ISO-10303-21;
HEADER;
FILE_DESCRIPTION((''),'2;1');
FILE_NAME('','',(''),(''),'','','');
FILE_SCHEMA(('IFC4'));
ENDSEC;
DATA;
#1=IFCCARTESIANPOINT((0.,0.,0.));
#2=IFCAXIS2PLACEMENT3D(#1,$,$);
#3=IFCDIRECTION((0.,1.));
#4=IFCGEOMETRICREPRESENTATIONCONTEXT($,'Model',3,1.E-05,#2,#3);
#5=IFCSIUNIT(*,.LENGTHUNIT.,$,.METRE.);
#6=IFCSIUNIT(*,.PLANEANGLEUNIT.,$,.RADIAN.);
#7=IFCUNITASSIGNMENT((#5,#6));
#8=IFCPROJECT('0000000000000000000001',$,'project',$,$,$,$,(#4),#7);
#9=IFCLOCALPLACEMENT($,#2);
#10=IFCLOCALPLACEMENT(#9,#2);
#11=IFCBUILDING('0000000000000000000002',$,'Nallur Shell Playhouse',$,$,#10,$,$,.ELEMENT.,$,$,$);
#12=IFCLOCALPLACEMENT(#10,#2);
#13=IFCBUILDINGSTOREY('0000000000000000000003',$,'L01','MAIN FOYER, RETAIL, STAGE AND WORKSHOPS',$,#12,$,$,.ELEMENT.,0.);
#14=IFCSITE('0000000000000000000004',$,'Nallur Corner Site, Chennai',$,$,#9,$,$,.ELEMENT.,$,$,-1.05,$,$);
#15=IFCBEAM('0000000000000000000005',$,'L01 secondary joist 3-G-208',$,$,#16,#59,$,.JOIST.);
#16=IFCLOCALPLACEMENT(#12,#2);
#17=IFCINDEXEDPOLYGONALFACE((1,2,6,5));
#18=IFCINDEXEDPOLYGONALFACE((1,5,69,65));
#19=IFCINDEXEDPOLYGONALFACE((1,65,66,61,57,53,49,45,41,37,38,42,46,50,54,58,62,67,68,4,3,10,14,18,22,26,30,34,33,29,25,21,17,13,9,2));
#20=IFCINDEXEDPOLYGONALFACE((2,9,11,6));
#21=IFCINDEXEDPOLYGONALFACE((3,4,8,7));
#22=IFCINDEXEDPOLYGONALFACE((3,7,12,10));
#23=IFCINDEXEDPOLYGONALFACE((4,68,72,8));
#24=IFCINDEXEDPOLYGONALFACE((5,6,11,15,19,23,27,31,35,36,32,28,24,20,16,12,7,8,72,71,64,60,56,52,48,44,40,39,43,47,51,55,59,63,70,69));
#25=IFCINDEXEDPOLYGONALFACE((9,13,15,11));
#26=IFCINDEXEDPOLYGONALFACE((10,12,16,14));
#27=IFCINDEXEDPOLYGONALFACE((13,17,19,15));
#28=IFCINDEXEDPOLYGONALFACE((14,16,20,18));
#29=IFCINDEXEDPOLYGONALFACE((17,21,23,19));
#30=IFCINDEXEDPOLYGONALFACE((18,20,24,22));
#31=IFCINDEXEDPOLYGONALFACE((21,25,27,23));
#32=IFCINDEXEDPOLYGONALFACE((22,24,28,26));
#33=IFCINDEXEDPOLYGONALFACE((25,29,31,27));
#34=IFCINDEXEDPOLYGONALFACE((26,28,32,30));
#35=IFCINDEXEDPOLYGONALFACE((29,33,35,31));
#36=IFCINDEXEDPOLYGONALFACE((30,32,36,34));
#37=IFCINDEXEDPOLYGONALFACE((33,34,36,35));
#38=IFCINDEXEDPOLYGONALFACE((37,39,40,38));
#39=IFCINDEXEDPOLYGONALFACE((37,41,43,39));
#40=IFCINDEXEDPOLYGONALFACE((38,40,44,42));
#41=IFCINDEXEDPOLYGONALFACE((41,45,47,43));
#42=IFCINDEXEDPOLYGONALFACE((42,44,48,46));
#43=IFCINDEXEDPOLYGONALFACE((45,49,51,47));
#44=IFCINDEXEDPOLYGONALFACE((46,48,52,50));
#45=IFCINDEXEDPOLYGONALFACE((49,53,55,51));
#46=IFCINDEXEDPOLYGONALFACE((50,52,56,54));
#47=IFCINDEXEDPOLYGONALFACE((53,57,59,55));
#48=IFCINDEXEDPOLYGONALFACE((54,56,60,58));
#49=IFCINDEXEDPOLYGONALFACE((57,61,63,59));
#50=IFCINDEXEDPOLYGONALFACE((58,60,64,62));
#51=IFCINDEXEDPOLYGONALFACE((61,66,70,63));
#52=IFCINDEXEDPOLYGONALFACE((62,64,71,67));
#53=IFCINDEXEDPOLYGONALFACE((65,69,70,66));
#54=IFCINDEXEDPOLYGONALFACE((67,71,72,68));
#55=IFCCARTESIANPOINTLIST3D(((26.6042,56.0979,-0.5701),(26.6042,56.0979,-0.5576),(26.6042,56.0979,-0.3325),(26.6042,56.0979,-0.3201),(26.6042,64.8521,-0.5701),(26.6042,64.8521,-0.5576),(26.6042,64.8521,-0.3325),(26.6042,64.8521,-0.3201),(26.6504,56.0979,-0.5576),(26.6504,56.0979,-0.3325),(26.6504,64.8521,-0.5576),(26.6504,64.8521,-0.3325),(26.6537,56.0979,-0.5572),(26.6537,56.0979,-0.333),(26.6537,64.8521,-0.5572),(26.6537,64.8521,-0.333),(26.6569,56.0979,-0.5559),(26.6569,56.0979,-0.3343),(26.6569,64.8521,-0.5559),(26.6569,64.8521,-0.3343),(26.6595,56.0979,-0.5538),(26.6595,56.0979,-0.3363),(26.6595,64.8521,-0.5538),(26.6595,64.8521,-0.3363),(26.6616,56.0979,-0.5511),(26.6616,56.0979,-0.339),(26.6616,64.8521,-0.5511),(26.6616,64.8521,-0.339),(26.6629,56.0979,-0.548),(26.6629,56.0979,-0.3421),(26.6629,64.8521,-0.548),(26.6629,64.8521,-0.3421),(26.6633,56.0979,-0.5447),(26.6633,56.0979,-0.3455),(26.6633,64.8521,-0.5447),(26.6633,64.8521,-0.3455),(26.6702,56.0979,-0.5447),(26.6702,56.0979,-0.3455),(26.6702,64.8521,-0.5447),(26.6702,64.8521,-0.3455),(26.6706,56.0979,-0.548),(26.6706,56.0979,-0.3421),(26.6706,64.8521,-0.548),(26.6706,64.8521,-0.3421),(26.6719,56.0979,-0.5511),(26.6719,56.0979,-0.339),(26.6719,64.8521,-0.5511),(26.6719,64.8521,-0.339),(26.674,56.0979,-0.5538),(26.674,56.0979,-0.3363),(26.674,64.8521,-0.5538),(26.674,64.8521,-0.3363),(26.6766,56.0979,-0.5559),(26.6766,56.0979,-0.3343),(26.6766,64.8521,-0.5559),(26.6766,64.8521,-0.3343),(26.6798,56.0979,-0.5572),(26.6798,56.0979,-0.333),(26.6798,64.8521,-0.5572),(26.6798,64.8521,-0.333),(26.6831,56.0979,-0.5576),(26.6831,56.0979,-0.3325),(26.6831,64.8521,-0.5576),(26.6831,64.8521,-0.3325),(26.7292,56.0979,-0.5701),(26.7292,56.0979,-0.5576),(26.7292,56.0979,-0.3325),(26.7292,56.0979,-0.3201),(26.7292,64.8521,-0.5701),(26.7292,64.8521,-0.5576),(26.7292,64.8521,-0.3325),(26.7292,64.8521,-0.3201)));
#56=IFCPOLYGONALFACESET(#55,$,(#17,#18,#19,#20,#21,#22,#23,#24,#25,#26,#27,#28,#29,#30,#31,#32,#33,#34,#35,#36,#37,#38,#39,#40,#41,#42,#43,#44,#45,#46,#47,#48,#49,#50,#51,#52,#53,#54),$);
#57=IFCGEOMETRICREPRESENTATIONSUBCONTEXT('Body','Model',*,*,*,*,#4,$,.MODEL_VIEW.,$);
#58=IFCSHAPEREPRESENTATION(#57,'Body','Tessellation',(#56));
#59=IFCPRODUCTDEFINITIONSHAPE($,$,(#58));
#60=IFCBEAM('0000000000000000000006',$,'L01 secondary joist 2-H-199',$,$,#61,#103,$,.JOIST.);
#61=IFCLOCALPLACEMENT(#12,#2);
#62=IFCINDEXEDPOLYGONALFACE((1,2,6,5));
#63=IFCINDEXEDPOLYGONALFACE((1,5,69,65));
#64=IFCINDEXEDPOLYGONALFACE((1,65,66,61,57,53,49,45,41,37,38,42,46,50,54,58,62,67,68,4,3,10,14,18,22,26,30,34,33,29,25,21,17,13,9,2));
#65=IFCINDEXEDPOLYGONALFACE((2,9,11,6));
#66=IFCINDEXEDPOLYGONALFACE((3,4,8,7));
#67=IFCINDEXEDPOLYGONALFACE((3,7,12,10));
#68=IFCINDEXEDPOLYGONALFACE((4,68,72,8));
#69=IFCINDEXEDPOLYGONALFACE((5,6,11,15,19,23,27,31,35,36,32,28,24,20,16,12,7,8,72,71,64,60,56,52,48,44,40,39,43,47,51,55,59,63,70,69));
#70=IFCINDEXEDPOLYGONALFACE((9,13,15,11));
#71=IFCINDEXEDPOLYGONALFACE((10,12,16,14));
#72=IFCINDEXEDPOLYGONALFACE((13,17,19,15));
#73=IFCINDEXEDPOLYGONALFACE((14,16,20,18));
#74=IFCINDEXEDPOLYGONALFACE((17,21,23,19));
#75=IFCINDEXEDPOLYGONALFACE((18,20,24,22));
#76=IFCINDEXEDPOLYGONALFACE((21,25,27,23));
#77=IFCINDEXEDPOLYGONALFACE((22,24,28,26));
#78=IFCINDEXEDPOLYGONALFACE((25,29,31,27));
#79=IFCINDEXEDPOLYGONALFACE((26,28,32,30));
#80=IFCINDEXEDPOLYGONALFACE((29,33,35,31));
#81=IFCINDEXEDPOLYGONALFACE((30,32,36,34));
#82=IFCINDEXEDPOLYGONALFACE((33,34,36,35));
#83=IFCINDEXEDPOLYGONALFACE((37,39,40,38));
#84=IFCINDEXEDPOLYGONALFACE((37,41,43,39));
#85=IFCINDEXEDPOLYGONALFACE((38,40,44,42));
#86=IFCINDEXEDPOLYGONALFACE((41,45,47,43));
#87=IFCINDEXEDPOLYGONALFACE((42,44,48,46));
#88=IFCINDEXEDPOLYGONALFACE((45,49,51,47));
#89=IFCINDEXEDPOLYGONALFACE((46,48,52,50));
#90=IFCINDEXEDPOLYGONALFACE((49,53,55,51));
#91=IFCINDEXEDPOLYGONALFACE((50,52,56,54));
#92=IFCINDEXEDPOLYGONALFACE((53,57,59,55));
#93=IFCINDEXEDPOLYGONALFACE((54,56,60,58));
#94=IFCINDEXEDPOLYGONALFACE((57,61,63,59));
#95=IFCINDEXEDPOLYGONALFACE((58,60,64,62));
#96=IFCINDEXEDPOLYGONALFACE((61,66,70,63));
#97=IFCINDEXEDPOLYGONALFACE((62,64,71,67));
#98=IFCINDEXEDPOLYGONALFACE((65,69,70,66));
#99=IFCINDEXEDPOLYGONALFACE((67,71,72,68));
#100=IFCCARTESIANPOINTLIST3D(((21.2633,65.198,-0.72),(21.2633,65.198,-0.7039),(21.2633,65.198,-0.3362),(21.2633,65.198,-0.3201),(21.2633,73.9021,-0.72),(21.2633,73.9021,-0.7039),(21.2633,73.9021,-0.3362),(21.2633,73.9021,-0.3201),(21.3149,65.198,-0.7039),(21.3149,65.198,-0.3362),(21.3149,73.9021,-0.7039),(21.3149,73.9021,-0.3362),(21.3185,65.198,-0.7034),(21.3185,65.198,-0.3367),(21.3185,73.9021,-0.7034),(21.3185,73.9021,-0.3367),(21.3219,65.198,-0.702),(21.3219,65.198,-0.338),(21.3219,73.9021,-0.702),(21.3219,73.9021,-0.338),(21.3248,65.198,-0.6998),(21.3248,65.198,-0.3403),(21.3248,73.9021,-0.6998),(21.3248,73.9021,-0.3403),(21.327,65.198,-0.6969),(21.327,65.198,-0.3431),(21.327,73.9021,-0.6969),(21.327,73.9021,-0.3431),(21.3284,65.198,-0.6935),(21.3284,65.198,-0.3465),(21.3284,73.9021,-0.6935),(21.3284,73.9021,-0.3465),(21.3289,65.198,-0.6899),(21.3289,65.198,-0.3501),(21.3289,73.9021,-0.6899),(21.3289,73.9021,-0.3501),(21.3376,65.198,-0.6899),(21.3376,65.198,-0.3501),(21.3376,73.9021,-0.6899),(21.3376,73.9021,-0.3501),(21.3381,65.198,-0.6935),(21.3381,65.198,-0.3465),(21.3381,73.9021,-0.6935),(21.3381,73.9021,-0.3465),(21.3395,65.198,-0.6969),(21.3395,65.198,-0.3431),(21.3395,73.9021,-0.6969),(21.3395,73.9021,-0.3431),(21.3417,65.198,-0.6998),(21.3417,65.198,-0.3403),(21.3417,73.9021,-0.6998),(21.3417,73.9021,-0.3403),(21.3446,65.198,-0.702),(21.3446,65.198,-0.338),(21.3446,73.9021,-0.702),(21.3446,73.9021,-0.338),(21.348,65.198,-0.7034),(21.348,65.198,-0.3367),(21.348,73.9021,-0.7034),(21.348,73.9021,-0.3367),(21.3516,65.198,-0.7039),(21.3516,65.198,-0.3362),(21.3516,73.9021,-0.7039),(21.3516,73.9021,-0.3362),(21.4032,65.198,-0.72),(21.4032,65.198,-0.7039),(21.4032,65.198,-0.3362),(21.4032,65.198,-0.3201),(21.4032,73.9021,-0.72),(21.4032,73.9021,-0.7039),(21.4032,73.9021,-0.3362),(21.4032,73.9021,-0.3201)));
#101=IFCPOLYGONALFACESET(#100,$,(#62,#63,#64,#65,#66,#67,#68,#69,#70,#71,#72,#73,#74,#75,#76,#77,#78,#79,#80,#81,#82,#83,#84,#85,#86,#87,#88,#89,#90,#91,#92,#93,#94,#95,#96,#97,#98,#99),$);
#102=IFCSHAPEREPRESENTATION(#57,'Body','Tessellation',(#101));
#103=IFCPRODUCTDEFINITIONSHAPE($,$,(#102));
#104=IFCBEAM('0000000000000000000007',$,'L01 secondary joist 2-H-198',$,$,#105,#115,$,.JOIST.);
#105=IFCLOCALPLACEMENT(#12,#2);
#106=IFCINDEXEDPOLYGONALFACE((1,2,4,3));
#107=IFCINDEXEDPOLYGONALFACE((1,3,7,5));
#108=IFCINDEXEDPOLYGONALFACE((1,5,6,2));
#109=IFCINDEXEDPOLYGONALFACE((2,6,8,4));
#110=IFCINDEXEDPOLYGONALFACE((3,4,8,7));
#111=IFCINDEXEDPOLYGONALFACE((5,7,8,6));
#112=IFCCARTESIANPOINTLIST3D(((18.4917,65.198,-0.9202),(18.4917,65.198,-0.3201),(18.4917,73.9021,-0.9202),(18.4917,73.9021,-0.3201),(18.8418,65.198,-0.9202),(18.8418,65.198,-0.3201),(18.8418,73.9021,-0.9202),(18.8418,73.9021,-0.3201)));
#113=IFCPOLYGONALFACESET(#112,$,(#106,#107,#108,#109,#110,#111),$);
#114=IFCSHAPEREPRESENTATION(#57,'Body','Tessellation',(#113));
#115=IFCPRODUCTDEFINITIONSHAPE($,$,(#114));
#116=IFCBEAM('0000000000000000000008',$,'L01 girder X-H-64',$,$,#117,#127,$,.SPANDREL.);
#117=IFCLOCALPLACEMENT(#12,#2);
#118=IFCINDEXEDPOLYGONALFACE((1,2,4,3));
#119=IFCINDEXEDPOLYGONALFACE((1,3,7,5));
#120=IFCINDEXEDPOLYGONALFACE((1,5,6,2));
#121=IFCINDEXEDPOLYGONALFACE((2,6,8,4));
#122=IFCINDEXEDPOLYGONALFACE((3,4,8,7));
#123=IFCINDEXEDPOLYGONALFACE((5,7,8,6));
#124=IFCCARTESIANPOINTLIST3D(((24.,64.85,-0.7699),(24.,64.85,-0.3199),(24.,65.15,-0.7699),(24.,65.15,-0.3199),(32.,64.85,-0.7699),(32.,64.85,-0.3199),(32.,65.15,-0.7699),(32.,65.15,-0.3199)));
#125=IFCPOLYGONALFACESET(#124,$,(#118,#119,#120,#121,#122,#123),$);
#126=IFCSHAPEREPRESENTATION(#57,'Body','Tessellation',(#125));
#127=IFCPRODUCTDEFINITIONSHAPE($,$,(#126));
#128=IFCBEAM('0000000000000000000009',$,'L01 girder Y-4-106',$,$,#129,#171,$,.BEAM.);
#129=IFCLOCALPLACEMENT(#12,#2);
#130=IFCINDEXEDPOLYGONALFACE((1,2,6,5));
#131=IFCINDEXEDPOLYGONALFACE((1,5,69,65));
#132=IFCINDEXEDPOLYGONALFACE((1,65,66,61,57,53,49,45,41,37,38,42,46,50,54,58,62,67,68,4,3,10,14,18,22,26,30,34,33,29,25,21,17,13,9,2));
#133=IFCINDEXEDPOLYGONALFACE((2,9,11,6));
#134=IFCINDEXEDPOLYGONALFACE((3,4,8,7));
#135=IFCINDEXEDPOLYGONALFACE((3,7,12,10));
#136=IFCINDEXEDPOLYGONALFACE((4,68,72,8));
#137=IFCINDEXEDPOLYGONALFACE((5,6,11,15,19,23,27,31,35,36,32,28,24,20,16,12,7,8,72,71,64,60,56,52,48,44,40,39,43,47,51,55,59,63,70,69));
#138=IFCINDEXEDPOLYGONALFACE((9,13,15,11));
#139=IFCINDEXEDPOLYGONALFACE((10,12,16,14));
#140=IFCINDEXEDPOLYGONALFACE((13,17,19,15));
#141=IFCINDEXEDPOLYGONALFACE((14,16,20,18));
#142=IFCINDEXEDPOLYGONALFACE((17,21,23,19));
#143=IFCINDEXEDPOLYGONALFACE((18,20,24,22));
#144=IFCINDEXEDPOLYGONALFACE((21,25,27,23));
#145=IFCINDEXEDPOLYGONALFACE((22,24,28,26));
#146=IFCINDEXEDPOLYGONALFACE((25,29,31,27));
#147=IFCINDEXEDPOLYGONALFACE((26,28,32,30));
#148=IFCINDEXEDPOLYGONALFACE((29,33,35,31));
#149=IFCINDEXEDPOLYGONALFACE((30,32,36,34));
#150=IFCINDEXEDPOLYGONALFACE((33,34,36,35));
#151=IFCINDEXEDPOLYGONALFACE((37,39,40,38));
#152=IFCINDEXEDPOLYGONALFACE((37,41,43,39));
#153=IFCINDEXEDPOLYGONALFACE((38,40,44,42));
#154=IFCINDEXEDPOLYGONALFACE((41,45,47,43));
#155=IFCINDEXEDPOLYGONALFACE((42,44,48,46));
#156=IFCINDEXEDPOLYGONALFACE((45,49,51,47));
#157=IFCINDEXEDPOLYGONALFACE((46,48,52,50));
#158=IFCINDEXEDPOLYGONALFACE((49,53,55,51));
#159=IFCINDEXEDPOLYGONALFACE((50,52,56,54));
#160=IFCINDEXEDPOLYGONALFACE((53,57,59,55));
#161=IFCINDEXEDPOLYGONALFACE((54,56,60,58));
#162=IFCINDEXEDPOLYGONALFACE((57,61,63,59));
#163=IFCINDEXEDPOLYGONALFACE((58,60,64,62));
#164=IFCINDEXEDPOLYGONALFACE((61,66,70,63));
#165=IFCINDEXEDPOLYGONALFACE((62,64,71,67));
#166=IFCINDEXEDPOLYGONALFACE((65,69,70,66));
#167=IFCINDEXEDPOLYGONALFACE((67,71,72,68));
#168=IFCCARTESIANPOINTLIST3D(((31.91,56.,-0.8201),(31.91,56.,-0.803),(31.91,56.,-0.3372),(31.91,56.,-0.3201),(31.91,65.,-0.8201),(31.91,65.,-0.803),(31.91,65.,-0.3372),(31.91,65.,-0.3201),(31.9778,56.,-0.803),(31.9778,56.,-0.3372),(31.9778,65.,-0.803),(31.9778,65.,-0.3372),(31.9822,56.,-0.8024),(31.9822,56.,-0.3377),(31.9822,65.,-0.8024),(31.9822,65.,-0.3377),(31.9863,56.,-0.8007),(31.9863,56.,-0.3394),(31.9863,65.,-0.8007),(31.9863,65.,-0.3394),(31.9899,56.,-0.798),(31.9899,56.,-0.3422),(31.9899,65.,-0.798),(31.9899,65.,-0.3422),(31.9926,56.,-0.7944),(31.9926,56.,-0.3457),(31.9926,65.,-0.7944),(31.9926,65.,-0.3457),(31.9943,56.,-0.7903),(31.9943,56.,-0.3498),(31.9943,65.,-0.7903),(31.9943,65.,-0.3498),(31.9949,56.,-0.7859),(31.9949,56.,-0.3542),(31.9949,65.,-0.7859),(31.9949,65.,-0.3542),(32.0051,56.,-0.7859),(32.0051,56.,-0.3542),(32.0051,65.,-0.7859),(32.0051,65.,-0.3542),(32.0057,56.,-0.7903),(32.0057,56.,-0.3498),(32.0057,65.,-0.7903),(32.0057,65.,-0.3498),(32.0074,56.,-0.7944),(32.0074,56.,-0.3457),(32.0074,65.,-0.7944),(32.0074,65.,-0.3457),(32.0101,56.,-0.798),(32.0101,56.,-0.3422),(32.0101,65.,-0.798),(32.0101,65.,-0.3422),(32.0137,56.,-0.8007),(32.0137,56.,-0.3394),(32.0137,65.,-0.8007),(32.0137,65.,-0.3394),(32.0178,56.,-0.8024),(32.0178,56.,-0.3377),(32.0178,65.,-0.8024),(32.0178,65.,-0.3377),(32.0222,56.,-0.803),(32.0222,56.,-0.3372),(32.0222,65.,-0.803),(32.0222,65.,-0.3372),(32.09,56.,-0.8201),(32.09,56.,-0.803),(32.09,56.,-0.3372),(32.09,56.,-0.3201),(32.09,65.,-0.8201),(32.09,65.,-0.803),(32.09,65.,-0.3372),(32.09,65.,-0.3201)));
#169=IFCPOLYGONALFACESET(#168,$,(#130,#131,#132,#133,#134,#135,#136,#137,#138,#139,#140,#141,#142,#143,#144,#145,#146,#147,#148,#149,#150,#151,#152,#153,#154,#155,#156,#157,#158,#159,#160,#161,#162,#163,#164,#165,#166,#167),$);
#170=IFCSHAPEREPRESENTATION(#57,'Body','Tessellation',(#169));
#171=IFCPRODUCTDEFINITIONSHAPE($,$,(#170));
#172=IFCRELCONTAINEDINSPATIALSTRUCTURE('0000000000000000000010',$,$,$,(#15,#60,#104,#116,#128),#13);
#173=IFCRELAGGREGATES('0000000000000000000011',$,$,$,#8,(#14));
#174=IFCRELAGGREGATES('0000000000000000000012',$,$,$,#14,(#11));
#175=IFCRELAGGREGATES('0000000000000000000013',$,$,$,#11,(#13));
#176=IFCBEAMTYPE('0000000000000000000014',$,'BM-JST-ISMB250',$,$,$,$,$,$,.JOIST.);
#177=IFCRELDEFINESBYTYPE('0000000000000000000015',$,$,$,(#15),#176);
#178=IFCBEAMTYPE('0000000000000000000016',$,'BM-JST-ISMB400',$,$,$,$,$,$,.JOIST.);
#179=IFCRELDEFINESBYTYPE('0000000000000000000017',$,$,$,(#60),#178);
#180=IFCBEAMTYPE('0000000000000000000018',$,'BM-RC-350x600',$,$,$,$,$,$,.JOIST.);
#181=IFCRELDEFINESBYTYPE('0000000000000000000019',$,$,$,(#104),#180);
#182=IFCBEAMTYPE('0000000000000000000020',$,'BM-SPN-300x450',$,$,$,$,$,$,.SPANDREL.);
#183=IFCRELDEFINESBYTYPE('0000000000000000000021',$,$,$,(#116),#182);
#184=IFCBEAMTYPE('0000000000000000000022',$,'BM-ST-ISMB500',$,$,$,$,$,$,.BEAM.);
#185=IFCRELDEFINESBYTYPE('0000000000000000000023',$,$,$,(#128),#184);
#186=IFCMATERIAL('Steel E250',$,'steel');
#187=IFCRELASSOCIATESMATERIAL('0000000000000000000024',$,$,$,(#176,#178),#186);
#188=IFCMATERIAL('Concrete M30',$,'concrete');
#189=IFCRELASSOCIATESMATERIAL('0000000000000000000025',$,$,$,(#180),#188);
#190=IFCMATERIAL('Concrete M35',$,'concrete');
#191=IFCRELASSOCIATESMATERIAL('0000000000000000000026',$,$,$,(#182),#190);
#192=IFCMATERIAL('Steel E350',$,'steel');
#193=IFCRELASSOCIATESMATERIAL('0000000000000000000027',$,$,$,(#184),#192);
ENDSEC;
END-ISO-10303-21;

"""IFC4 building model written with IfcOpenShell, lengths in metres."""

from ifc_helpers import new_model, si_unit, direction, frame, origin, origin_2d, place, context, subcontext, project, spatial, rectangle, i_section, extrude, material, material_profile, profile_set, type_object, element, save


model = new_model("IFC4")

# Units and contexts
model_context = context("Model", 3, precision=1e-05, world=origin(), true_north=direction((0.0, 1.0)))
body_context = subcontext(model_context, "Body", "Model", "MODEL_VIEW")
ifc_project = project(units=[si_unit("LENGTHUNIT", "METRE"), si_unit("PLANEANGLEUNIT", "RADIAN")], contexts=[model_context])

# Site, building, storey
site_placement = place(None, origin())
site = spatial("IfcSite", under=ifc_project, at=site_placement, Name="Nallur Corner Site, Chennai", CompositionType="ELEMENT", RefElevation=-1.05)
building_placement = place(site_placement, origin())
building = spatial("IfcBuilding", under=site, at=building_placement, Name="Nallur Shell Playhouse", CompositionType="ELEMENT")
storey_placement = place(building_placement, origin())
storey = spatial("IfcBuildingStorey", under=building, at=storey_placement, Name="L01", Description="MAIN FOYER, RETAIL, STAGE AND WORKSHOPS", CompositionType="ELEMENT", Elevation=0.0)

# Beams
ifc_material_1 = material(Name="Steel E250", Category="steel")
ifc_material_profile_1 = material_profile(ifc_material_1, i_section(OverallWidth=0.125, OverallDepth=0.25, WebThickness=0.0068, FlangeThickness=0.0125, FilletRadius=0.0129, at=origin_2d()), Name="ISMB 250")
ifc_profile_set_1 = profile_set([ifc_material_profile_1], Name="Steel E250")
beam_type_1 = type_object("IfcBeamType", Name="BM-JST-ISMB250", PredefinedType="JOIST", material=ifc_profile_set_1)
beam_1_placement = place(storey_placement, frame((26.6667, 56.0979, -0.4451), z_axis=(0.0, 1.0, 0.0), x_axis=(-1.0, 0.0, 0.0)))
element("IfcBeam", 1, at=beam_1_placement, inside=storey, type_object=beam_type_1, Name="L01 secondary joist 3-G-208", PredefinedType="JOIST", context=body_context, shape_type="SweptSolid", body=[
    extrude(i_section(OverallWidth=0.125, OverallDepth=0.25, WebThickness=0.0068, FlangeThickness=0.0125, FilletRadius=0.0129, at=origin_2d()), origin(), (0.0, 0.0, 1.0), 8.7542),
])
ifc_material_profile_2 = material_profile(ifc_material_1, i_section(OverallWidth=0.1399, OverallDepth=0.3999, WebThickness=0.0088, FlangeThickness=0.0161, FilletRadius=0.0139, at=origin_2d()), Name="ISMB 400")
ifc_profile_set_2 = profile_set([ifc_material_profile_2], Name="Steel E250")
beam_type_2 = type_object("IfcBeamType", Name="BM-JST-ISMB400", PredefinedType="JOIST", material=ifc_profile_set_2)
beam_2_placement = place(storey_placement, frame((21.3333, 65.198, -0.52), z_axis=(0.0, 1.0, 0.0), x_axis=(-1.0, 0.0, 0.0)))
element("IfcBeam", 2, at=beam_2_placement, inside=storey, type_object=beam_type_2, Name="L01 secondary joist 2-H-199", PredefinedType="JOIST", context=body_context, shape_type="SweptSolid", body=[
    extrude(i_section(OverallWidth=0.1399, OverallDepth=0.3999, WebThickness=0.0088, FlangeThickness=0.0161, FilletRadius=0.0139, at=origin_2d()), origin(), (0.0, 0.0, 1.0), 8.7041),
])
ifc_material_2 = material(Name="Concrete M30", Category="concrete")
ifc_material_profile_3 = material_profile(ifc_material_2, rectangle(XDim=0.3501, YDim=0.6001, at=origin_2d()), Name="RC 350x600")
ifc_profile_set_3 = profile_set([ifc_material_profile_3], Name="Concrete M30")
beam_type_3 = type_object("IfcBeamType", Name="BM-RC-350x600", PredefinedType="JOIST", material=ifc_profile_set_3)
beam_3_placement = place(storey_placement, frame((18.6667, 65.198, -0.6201), z_axis=(0.0, 1.0, 0.0), x_axis=(-1.0, 0.0, 0.0)))
element("IfcBeam", 3, at=beam_3_placement, inside=storey, type_object=beam_type_3, Name="L01 secondary joist 2-H-198", PredefinedType="JOIST", context=body_context, shape_type="SweptSolid", body=[
    extrude(rectangle(XDim=0.3501, YDim=0.6001, at=origin_2d()), origin(), (0.0, 0.0, 1.0), 8.7041),
])
ifc_material_3 = material(Name="Concrete M35", Category="concrete")
ifc_material_profile_4 = material_profile(ifc_material_3, rectangle(XDim=0.3, YDim=0.45, at=origin_2d()), Name="RC 300x450")
ifc_profile_set_4 = profile_set([ifc_material_profile_4], Name="Concrete M35")
beam_type_4 = type_object("IfcBeamType", Name="BM-SPN-300x450", PredefinedType="SPANDREL", material=ifc_profile_set_4)
beam_4_placement = place(storey_placement, frame((24.0, 65.0, -0.5449), z_axis=(1.0, 0.0, 0.0), x_axis=(0.0, 1.0, 0.0)))
element("IfcBeam", 4, at=beam_4_placement, inside=storey, type_object=beam_type_4, Name="L01 girder X-H-64", PredefinedType="SPANDREL", context=body_context, shape_type="SweptSolid", body=[
    extrude(rectangle(XDim=0.3, YDim=0.45, at=origin_2d()), origin(), (0.0, 0.0, 1.0), 8.0),
])
ifc_material_4 = material(Name="Steel E350", Category="steel")
ifc_material_profile_5 = material_profile(ifc_material_4, i_section(OverallWidth=0.1799, OverallDepth=0.5, WebThickness=0.0103, FlangeThickness=0.0171, FilletRadius=0.0171, at=origin_2d()), Name="ISMB 500")
ifc_profile_set_5 = profile_set([ifc_material_profile_5], Name="Steel E350")
beam_type_5 = type_object("IfcBeamType", Name="BM-ST-ISMB500", PredefinedType="BEAM", material=ifc_profile_set_5)
beam_5_placement = place(storey_placement, frame((32.0, 56.0, -0.5701), z_axis=(0.0, 1.0, 0.0), x_axis=(-1.0, 0.0, 0.0)))
element("IfcBeam", 5, at=beam_5_placement, inside=storey, type_object=beam_type_5, Name="L01 girder Y-4-106", PredefinedType="BEAM", context=body_context, shape_type="SweptSolid", body=[
    extrude(i_section(OverallWidth=0.1799, OverallDepth=0.5, WebThickness=0.0103, FlangeThickness=0.0171, FilletRadius=0.0171, at=origin_2d()), origin(), (0.0, 0.0, 1.0), 9.0),
])

save(model, "model.ifc")
